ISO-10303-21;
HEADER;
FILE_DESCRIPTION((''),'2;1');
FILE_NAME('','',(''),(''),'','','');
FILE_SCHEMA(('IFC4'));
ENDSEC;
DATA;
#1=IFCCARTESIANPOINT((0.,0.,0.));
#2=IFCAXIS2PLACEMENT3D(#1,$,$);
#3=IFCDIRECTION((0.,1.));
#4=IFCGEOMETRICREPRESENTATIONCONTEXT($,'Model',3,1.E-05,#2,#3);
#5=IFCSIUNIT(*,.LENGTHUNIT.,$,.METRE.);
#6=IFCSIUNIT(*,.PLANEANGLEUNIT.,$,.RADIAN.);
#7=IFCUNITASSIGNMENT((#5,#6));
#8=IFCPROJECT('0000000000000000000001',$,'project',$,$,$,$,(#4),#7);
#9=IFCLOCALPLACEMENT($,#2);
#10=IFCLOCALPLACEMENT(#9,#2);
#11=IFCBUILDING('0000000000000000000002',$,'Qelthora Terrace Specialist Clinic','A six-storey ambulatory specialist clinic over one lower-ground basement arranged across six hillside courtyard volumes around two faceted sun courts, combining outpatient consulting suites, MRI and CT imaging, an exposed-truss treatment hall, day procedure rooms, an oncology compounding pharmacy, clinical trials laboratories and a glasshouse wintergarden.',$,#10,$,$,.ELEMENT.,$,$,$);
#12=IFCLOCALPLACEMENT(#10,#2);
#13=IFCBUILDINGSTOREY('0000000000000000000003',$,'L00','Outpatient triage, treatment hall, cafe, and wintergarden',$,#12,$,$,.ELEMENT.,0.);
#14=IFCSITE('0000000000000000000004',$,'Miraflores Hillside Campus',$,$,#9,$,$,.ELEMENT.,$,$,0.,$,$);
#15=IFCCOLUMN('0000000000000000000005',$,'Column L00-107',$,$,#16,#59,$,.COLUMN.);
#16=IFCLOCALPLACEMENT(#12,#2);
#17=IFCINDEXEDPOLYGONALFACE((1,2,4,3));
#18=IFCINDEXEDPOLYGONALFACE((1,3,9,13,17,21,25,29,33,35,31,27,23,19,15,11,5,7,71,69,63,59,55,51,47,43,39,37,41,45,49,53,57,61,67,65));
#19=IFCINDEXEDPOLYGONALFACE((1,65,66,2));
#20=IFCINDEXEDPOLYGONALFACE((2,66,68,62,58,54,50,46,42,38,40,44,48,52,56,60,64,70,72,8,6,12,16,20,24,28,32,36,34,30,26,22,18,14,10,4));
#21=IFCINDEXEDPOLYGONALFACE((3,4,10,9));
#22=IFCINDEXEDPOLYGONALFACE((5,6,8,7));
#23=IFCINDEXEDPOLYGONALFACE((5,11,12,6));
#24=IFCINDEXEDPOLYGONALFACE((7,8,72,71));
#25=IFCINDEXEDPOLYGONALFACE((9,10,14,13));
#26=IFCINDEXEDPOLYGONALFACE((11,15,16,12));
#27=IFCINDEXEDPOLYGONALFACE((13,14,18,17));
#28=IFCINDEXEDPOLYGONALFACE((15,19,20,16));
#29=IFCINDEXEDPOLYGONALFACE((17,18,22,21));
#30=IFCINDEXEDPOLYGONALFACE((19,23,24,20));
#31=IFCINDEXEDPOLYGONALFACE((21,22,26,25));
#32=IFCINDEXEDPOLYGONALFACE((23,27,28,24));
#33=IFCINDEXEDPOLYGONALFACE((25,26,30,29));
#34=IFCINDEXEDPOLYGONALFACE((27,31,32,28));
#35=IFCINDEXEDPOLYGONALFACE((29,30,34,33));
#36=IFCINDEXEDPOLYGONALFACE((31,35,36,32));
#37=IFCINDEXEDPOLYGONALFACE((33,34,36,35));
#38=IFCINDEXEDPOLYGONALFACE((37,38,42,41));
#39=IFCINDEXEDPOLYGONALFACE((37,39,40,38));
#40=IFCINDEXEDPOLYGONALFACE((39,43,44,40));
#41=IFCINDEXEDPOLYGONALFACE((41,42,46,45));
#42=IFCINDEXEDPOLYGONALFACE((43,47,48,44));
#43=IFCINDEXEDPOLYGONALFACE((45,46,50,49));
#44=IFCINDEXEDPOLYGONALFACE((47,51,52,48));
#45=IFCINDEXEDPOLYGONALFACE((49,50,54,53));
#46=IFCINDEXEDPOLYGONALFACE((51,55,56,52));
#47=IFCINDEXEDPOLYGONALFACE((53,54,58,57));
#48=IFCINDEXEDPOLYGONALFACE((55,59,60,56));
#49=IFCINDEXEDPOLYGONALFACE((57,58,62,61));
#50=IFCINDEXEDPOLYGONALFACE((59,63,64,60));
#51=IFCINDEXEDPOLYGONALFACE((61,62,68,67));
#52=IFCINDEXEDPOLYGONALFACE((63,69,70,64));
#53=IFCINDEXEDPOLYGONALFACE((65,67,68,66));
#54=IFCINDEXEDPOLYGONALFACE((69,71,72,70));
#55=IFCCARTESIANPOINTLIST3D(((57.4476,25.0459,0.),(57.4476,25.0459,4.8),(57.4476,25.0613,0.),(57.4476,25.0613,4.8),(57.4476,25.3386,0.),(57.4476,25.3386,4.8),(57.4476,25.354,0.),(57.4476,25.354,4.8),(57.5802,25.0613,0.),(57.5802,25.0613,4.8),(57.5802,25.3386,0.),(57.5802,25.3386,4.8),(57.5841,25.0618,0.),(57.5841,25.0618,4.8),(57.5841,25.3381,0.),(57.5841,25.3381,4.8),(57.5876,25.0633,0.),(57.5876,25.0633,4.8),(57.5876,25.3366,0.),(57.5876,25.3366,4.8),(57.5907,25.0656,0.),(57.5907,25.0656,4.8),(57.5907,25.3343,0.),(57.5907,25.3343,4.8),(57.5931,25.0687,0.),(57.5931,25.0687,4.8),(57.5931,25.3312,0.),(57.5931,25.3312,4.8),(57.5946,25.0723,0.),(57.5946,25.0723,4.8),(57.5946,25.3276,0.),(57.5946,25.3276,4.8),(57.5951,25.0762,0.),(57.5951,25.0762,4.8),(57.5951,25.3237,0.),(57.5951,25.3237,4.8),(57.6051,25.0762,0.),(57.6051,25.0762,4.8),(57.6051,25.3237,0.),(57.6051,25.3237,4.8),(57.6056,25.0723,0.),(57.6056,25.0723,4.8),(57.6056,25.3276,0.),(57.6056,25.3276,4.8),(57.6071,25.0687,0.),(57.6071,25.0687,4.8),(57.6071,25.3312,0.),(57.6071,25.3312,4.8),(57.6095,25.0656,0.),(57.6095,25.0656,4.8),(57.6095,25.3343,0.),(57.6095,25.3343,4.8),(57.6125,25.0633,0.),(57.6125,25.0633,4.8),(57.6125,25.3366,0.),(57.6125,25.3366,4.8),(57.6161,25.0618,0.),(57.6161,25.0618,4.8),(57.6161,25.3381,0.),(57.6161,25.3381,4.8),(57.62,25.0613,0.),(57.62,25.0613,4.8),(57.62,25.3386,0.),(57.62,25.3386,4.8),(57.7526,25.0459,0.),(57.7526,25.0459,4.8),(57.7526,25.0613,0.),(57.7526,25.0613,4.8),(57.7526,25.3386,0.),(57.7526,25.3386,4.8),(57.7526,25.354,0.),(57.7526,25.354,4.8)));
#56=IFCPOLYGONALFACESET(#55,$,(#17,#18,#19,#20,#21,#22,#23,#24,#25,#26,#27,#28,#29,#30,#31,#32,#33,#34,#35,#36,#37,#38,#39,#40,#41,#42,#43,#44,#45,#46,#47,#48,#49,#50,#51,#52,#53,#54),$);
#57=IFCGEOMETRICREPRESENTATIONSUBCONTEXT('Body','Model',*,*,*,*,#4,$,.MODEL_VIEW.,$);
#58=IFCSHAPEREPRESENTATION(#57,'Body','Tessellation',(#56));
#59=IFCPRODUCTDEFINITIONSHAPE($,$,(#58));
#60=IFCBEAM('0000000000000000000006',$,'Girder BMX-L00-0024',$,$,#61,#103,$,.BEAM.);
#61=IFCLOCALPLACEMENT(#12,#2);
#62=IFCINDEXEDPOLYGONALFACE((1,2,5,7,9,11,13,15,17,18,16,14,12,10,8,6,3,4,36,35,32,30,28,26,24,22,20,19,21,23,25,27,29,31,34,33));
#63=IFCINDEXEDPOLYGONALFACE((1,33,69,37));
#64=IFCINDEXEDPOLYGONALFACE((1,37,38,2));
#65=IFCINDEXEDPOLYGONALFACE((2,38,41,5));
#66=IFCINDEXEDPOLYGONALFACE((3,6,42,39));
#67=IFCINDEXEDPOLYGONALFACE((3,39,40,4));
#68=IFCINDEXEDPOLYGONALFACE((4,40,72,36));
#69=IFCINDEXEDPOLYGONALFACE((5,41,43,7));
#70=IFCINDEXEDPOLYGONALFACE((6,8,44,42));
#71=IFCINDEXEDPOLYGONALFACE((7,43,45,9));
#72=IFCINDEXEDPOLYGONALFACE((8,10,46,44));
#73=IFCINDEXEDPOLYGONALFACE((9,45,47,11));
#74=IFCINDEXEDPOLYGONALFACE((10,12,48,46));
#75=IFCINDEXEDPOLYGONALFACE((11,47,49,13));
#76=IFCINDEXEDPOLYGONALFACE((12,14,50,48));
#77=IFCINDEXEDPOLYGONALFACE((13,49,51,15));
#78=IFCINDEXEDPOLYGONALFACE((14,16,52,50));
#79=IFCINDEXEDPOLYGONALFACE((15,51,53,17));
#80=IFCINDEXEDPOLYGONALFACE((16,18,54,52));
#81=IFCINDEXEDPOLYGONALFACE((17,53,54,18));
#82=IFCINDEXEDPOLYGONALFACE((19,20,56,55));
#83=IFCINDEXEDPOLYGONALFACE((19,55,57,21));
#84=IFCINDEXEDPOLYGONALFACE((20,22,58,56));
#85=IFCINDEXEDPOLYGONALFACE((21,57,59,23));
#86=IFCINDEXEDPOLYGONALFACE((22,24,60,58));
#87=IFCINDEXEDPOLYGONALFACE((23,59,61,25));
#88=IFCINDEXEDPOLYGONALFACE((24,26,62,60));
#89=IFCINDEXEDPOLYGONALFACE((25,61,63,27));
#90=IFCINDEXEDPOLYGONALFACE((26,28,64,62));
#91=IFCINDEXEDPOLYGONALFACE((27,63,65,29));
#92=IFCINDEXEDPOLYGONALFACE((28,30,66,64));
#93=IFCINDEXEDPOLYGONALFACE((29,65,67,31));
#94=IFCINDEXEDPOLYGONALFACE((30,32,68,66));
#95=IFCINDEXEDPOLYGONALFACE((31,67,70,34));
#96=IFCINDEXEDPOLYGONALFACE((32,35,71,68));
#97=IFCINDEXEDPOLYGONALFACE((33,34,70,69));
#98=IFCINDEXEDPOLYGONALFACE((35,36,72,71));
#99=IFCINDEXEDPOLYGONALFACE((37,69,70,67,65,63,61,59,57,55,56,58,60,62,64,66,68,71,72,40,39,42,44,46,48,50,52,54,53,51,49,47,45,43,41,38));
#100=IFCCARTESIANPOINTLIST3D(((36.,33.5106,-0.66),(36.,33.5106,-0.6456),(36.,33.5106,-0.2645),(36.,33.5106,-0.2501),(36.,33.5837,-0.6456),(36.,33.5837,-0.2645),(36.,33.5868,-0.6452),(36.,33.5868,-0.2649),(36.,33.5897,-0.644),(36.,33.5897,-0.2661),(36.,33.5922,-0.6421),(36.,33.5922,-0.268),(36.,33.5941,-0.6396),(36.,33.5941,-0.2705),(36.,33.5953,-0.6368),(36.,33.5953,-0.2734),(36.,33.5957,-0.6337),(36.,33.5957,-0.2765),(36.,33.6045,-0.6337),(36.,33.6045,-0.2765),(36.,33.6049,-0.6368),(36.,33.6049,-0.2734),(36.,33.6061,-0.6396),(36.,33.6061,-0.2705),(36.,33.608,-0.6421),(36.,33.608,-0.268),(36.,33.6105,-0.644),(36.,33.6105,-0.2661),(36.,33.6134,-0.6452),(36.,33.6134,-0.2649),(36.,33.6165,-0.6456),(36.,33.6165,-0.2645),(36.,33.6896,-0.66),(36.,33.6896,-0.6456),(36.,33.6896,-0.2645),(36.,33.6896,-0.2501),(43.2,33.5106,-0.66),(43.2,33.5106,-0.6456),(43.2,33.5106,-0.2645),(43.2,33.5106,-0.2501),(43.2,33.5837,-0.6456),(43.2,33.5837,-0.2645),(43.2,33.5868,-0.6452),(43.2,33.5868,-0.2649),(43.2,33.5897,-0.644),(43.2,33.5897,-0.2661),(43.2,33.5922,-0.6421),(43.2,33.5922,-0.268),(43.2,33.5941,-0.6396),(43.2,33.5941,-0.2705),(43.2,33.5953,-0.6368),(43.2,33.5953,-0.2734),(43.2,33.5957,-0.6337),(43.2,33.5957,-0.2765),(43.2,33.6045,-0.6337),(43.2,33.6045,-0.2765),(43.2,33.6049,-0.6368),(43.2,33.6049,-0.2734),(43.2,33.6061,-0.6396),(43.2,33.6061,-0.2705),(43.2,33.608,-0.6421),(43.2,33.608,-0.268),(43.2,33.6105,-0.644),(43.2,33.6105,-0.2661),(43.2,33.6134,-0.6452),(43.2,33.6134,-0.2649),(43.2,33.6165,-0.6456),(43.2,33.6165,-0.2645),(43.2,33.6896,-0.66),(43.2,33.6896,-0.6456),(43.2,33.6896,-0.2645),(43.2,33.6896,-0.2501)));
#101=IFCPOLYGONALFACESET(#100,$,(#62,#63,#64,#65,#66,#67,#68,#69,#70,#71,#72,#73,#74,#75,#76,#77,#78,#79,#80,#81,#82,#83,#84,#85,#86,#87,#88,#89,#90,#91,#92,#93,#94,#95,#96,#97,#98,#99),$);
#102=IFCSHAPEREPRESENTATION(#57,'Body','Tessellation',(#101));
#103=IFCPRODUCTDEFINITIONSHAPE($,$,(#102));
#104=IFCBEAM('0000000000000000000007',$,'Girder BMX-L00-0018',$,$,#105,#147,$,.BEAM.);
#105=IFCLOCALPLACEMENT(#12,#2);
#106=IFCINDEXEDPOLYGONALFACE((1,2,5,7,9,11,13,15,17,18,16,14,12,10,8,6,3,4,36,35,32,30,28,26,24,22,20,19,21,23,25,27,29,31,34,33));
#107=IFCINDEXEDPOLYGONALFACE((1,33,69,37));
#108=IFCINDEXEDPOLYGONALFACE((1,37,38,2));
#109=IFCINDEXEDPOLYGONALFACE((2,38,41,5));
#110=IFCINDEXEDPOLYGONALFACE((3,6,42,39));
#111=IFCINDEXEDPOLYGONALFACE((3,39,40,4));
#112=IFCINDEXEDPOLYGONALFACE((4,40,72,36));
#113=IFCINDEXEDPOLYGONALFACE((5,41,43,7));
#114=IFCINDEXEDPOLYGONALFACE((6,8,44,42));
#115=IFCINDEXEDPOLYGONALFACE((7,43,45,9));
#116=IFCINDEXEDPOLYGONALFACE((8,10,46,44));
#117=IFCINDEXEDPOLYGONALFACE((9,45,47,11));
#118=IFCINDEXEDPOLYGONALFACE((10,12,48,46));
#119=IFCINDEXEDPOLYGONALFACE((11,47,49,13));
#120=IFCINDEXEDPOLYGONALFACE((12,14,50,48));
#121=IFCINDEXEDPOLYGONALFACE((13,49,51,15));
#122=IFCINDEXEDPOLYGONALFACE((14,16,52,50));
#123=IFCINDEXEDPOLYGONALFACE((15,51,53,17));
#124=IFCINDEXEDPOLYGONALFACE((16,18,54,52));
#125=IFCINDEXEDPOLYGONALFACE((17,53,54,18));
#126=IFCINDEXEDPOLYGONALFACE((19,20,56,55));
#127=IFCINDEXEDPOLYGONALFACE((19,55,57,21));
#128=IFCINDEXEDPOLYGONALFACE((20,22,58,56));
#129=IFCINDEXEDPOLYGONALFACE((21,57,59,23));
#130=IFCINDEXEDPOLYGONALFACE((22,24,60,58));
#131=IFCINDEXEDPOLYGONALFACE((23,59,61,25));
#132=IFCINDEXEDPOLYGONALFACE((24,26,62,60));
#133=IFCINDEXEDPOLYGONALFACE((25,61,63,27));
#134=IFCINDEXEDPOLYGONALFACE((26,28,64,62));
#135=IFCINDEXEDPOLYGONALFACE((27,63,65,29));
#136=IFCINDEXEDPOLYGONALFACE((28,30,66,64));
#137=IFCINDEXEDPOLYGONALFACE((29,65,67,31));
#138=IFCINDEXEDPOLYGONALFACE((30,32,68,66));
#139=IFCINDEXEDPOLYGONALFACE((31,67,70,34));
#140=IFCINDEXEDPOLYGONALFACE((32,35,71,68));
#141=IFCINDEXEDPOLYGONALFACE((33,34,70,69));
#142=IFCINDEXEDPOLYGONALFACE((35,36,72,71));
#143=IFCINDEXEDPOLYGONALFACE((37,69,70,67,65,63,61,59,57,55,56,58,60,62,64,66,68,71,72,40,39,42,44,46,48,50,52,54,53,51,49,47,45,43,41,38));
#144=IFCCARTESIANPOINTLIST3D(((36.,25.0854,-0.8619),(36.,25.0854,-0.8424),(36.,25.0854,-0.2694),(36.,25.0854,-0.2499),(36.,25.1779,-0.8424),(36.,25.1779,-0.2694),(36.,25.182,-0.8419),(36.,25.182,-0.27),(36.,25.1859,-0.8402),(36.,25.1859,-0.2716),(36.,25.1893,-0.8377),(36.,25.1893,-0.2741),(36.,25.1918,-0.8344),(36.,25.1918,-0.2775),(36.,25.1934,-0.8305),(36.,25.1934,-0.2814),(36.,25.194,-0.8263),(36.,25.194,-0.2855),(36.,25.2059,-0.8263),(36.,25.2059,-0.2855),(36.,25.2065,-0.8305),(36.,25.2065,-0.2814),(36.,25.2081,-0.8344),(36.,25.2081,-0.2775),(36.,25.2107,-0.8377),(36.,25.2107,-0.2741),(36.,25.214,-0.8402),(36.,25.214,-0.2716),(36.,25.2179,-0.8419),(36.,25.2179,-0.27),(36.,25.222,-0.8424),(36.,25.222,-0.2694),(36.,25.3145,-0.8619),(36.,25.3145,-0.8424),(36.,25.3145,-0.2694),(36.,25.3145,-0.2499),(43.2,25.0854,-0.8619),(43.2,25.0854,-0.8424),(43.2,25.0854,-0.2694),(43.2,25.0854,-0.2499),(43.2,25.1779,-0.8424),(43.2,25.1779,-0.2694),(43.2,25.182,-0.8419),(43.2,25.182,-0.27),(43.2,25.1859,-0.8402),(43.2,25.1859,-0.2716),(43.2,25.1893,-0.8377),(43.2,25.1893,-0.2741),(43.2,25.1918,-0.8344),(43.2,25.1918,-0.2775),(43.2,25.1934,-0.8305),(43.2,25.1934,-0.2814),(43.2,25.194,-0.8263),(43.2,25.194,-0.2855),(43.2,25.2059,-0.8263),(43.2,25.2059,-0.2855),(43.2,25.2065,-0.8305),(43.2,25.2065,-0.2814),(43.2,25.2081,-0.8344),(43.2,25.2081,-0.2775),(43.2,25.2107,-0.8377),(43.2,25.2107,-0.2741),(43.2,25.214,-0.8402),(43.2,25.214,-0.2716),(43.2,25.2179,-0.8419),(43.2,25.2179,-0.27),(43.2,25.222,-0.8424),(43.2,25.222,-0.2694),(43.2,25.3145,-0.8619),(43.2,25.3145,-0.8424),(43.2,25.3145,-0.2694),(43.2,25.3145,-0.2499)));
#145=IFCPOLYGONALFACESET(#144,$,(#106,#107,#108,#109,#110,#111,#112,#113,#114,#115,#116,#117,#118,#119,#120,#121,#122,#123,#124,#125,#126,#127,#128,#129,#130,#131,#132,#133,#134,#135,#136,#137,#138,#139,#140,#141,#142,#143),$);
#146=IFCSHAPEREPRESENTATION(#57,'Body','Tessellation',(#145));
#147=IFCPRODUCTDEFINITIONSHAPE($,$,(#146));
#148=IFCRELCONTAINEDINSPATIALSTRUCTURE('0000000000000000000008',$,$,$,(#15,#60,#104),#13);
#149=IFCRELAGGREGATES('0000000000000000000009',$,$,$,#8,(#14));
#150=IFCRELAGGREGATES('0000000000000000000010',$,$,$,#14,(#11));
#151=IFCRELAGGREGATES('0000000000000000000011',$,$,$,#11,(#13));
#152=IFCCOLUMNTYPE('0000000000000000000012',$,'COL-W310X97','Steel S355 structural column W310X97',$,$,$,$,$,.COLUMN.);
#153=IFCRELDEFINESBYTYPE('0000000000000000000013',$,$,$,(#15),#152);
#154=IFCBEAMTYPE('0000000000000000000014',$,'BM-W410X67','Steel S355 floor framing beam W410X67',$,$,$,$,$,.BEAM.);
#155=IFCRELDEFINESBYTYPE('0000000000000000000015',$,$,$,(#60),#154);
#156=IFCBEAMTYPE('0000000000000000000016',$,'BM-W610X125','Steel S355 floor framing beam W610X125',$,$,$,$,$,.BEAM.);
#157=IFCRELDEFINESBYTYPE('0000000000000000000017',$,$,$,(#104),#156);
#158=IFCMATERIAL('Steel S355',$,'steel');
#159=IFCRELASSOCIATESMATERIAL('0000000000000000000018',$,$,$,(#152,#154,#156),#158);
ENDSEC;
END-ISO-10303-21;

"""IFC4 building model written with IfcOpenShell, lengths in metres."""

from ifc_helpers import new_model, si_unit, direction, frame, origin, origin_2d, place, context, subcontext, project, spatial, i_section, extrude, material, material_profile, profile_set, type_object, element, save


model = new_model("IFC4")

# Units and contexts
model_context = context("Model", 3, precision=1e-05, world=origin(), true_north=direction((0.0, 1.0)))
body_context = subcontext(model_context, "Body", "Model", "MODEL_VIEW")
ifc_project = project(units=[si_unit("LENGTHUNIT", "METRE"), si_unit("PLANEANGLEUNIT", "RADIAN")], contexts=[model_context])

# Site, building, storey
site_placement = place(None, origin())
site = spatial("IfcSite", under=ifc_project, at=site_placement, Name="Miraflores Hillside Campus", CompositionType="ELEMENT", RefElevation=0.0)
building_placement = place(site_placement, origin())
building = spatial("IfcBuilding", under=site, at=building_placement, Name="Qelthora Terrace Specialist Clinic", Description="A six-storey ambulatory specialist clinic over one lower-ground basement arranged across six hillside courtyard volumes around two faceted sun courts, combining outpatient consulting suites, MRI and CT imaging, an exposed-truss treatment hall, day procedure rooms, an oncology compounding pharmacy, clinical trials laboratories and a glasshouse wintergarden.", CompositionType="ELEMENT")
storey_placement = place(building_placement, origin())
storey = spatial("IfcBuildingStorey", under=building, at=storey_placement, Name="L00", Description="Outpatient triage, treatment hall, cafe, and wintergarden", CompositionType="ELEMENT", Elevation=0.0)

# Column
ifc_material_1 = material(Name="Steel S355", Category="steel")
ifc_material_profile_1 = material_profile(ifc_material_1, i_section(OverallWidth=0.3049, OverallDepth=0.3081, WebThickness=0.01, FlangeThickness=0.0154, FilletRadius=0.0149, at=origin_2d()), Name="W310X97")
ifc_profile_set_1 = profile_set([ifc_material_profile_1], Name="Steel S355")
column_type_1 = type_object("IfcColumnType", Name="COL-W310X97", Description="Steel S355 structural column W310X97", PredefinedType="COLUMN", material=ifc_profile_set_1)
for number, where, z_axis, x_axis, name in (
    (1, (57.6001, 25.2, 0.0), (0.0, 0.0, 1.0), (1.0, 0.0, 0.0), "Column L00-107"),
):
    element("IfcColumn", number, at=place(storey_placement, frame(where, z_axis=z_axis, x_axis=x_axis)), inside=storey, type_object=column_type_1, Name=name, PredefinedType="COLUMN", context=body_context, shape_type="SweptSolid", body=[
        extrude(i_section(OverallWidth=0.3049, OverallDepth=0.3081, WebThickness=0.01, FlangeThickness=0.0154, FilletRadius=0.0149, at=origin_2d()), origin(), (0.0, 0.0, 1.0), 4.8),
    ])

# Beams
ifc_material_profile_2 = material_profile(ifc_material_1, i_section(OverallWidth=0.179, OverallDepth=0.4099, WebThickness=0.0088, FlangeThickness=0.0144, FilletRadius=0.012, at=origin_2d()), Name="W410X67")
ifc_profile_set_2 = profile_set([ifc_material_profile_2], Name="Steel S355")
beam_type_1 = type_object("IfcBeamType", Name="BM-W410X67", Description="Steel S355 floor framing beam W410X67", PredefinedType="BEAM", material=ifc_profile_set_2)
beam_1_placement = place(storey_placement, frame((36.0, 33.6001, -0.4551), z_axis=(1.0, 0.0, 0.0), x_axis=(0.0, 1.0, 0.0)))
element("IfcBeam", 2, at=beam_1_placement, inside=storey, type_object=beam_type_1, Name="Girder BMX-L00-0024", PredefinedType="BEAM", context=body_context, shape_type="SweptSolid", body=[
    extrude(i_section(OverallWidth=0.179, OverallDepth=0.4099, WebThickness=0.0088, FlangeThickness=0.0144, FilletRadius=0.012, at=origin_2d()), origin(), (0.0, 0.0, 1.0), 7.2),
])
ifc_material_profile_3 = material_profile(ifc_material_1, i_section(OverallWidth=0.229, OverallDepth=0.6121, WebThickness=0.012, FlangeThickness=0.0195, FilletRadius=0.0161, at=origin_2d()), Name="W610X125")
ifc_profile_set_3 = profile_set([ifc_material_profile_3], Name="Steel S355")
beam_type_2 = type_object("IfcBeamType", Name="BM-W610X125", Description="Steel S355 floor framing beam W610X125", PredefinedType="BEAM", material=ifc_profile_set_3)
beam_2_placement = place(storey_placement, frame((36.0, 25.2, -0.5559), z_axis=(1.0, 0.0, 0.0), x_axis=(0.0, 1.0, 0.0)))
element("IfcBeam", 3, at=beam_2_placement, inside=storey, type_object=beam_type_2, Name="Girder BMX-L00-0018", PredefinedType="BEAM", context=body_context, shape_type="SweptSolid", body=[
    extrude(i_section(OverallWidth=0.229, OverallDepth=0.6121, WebThickness=0.012, FlangeThickness=0.0195, FilletRadius=0.0161, at=origin_2d()), origin(), (0.0, 0.0, 1.0), 7.2),
])

save(model, "model.ifc")
